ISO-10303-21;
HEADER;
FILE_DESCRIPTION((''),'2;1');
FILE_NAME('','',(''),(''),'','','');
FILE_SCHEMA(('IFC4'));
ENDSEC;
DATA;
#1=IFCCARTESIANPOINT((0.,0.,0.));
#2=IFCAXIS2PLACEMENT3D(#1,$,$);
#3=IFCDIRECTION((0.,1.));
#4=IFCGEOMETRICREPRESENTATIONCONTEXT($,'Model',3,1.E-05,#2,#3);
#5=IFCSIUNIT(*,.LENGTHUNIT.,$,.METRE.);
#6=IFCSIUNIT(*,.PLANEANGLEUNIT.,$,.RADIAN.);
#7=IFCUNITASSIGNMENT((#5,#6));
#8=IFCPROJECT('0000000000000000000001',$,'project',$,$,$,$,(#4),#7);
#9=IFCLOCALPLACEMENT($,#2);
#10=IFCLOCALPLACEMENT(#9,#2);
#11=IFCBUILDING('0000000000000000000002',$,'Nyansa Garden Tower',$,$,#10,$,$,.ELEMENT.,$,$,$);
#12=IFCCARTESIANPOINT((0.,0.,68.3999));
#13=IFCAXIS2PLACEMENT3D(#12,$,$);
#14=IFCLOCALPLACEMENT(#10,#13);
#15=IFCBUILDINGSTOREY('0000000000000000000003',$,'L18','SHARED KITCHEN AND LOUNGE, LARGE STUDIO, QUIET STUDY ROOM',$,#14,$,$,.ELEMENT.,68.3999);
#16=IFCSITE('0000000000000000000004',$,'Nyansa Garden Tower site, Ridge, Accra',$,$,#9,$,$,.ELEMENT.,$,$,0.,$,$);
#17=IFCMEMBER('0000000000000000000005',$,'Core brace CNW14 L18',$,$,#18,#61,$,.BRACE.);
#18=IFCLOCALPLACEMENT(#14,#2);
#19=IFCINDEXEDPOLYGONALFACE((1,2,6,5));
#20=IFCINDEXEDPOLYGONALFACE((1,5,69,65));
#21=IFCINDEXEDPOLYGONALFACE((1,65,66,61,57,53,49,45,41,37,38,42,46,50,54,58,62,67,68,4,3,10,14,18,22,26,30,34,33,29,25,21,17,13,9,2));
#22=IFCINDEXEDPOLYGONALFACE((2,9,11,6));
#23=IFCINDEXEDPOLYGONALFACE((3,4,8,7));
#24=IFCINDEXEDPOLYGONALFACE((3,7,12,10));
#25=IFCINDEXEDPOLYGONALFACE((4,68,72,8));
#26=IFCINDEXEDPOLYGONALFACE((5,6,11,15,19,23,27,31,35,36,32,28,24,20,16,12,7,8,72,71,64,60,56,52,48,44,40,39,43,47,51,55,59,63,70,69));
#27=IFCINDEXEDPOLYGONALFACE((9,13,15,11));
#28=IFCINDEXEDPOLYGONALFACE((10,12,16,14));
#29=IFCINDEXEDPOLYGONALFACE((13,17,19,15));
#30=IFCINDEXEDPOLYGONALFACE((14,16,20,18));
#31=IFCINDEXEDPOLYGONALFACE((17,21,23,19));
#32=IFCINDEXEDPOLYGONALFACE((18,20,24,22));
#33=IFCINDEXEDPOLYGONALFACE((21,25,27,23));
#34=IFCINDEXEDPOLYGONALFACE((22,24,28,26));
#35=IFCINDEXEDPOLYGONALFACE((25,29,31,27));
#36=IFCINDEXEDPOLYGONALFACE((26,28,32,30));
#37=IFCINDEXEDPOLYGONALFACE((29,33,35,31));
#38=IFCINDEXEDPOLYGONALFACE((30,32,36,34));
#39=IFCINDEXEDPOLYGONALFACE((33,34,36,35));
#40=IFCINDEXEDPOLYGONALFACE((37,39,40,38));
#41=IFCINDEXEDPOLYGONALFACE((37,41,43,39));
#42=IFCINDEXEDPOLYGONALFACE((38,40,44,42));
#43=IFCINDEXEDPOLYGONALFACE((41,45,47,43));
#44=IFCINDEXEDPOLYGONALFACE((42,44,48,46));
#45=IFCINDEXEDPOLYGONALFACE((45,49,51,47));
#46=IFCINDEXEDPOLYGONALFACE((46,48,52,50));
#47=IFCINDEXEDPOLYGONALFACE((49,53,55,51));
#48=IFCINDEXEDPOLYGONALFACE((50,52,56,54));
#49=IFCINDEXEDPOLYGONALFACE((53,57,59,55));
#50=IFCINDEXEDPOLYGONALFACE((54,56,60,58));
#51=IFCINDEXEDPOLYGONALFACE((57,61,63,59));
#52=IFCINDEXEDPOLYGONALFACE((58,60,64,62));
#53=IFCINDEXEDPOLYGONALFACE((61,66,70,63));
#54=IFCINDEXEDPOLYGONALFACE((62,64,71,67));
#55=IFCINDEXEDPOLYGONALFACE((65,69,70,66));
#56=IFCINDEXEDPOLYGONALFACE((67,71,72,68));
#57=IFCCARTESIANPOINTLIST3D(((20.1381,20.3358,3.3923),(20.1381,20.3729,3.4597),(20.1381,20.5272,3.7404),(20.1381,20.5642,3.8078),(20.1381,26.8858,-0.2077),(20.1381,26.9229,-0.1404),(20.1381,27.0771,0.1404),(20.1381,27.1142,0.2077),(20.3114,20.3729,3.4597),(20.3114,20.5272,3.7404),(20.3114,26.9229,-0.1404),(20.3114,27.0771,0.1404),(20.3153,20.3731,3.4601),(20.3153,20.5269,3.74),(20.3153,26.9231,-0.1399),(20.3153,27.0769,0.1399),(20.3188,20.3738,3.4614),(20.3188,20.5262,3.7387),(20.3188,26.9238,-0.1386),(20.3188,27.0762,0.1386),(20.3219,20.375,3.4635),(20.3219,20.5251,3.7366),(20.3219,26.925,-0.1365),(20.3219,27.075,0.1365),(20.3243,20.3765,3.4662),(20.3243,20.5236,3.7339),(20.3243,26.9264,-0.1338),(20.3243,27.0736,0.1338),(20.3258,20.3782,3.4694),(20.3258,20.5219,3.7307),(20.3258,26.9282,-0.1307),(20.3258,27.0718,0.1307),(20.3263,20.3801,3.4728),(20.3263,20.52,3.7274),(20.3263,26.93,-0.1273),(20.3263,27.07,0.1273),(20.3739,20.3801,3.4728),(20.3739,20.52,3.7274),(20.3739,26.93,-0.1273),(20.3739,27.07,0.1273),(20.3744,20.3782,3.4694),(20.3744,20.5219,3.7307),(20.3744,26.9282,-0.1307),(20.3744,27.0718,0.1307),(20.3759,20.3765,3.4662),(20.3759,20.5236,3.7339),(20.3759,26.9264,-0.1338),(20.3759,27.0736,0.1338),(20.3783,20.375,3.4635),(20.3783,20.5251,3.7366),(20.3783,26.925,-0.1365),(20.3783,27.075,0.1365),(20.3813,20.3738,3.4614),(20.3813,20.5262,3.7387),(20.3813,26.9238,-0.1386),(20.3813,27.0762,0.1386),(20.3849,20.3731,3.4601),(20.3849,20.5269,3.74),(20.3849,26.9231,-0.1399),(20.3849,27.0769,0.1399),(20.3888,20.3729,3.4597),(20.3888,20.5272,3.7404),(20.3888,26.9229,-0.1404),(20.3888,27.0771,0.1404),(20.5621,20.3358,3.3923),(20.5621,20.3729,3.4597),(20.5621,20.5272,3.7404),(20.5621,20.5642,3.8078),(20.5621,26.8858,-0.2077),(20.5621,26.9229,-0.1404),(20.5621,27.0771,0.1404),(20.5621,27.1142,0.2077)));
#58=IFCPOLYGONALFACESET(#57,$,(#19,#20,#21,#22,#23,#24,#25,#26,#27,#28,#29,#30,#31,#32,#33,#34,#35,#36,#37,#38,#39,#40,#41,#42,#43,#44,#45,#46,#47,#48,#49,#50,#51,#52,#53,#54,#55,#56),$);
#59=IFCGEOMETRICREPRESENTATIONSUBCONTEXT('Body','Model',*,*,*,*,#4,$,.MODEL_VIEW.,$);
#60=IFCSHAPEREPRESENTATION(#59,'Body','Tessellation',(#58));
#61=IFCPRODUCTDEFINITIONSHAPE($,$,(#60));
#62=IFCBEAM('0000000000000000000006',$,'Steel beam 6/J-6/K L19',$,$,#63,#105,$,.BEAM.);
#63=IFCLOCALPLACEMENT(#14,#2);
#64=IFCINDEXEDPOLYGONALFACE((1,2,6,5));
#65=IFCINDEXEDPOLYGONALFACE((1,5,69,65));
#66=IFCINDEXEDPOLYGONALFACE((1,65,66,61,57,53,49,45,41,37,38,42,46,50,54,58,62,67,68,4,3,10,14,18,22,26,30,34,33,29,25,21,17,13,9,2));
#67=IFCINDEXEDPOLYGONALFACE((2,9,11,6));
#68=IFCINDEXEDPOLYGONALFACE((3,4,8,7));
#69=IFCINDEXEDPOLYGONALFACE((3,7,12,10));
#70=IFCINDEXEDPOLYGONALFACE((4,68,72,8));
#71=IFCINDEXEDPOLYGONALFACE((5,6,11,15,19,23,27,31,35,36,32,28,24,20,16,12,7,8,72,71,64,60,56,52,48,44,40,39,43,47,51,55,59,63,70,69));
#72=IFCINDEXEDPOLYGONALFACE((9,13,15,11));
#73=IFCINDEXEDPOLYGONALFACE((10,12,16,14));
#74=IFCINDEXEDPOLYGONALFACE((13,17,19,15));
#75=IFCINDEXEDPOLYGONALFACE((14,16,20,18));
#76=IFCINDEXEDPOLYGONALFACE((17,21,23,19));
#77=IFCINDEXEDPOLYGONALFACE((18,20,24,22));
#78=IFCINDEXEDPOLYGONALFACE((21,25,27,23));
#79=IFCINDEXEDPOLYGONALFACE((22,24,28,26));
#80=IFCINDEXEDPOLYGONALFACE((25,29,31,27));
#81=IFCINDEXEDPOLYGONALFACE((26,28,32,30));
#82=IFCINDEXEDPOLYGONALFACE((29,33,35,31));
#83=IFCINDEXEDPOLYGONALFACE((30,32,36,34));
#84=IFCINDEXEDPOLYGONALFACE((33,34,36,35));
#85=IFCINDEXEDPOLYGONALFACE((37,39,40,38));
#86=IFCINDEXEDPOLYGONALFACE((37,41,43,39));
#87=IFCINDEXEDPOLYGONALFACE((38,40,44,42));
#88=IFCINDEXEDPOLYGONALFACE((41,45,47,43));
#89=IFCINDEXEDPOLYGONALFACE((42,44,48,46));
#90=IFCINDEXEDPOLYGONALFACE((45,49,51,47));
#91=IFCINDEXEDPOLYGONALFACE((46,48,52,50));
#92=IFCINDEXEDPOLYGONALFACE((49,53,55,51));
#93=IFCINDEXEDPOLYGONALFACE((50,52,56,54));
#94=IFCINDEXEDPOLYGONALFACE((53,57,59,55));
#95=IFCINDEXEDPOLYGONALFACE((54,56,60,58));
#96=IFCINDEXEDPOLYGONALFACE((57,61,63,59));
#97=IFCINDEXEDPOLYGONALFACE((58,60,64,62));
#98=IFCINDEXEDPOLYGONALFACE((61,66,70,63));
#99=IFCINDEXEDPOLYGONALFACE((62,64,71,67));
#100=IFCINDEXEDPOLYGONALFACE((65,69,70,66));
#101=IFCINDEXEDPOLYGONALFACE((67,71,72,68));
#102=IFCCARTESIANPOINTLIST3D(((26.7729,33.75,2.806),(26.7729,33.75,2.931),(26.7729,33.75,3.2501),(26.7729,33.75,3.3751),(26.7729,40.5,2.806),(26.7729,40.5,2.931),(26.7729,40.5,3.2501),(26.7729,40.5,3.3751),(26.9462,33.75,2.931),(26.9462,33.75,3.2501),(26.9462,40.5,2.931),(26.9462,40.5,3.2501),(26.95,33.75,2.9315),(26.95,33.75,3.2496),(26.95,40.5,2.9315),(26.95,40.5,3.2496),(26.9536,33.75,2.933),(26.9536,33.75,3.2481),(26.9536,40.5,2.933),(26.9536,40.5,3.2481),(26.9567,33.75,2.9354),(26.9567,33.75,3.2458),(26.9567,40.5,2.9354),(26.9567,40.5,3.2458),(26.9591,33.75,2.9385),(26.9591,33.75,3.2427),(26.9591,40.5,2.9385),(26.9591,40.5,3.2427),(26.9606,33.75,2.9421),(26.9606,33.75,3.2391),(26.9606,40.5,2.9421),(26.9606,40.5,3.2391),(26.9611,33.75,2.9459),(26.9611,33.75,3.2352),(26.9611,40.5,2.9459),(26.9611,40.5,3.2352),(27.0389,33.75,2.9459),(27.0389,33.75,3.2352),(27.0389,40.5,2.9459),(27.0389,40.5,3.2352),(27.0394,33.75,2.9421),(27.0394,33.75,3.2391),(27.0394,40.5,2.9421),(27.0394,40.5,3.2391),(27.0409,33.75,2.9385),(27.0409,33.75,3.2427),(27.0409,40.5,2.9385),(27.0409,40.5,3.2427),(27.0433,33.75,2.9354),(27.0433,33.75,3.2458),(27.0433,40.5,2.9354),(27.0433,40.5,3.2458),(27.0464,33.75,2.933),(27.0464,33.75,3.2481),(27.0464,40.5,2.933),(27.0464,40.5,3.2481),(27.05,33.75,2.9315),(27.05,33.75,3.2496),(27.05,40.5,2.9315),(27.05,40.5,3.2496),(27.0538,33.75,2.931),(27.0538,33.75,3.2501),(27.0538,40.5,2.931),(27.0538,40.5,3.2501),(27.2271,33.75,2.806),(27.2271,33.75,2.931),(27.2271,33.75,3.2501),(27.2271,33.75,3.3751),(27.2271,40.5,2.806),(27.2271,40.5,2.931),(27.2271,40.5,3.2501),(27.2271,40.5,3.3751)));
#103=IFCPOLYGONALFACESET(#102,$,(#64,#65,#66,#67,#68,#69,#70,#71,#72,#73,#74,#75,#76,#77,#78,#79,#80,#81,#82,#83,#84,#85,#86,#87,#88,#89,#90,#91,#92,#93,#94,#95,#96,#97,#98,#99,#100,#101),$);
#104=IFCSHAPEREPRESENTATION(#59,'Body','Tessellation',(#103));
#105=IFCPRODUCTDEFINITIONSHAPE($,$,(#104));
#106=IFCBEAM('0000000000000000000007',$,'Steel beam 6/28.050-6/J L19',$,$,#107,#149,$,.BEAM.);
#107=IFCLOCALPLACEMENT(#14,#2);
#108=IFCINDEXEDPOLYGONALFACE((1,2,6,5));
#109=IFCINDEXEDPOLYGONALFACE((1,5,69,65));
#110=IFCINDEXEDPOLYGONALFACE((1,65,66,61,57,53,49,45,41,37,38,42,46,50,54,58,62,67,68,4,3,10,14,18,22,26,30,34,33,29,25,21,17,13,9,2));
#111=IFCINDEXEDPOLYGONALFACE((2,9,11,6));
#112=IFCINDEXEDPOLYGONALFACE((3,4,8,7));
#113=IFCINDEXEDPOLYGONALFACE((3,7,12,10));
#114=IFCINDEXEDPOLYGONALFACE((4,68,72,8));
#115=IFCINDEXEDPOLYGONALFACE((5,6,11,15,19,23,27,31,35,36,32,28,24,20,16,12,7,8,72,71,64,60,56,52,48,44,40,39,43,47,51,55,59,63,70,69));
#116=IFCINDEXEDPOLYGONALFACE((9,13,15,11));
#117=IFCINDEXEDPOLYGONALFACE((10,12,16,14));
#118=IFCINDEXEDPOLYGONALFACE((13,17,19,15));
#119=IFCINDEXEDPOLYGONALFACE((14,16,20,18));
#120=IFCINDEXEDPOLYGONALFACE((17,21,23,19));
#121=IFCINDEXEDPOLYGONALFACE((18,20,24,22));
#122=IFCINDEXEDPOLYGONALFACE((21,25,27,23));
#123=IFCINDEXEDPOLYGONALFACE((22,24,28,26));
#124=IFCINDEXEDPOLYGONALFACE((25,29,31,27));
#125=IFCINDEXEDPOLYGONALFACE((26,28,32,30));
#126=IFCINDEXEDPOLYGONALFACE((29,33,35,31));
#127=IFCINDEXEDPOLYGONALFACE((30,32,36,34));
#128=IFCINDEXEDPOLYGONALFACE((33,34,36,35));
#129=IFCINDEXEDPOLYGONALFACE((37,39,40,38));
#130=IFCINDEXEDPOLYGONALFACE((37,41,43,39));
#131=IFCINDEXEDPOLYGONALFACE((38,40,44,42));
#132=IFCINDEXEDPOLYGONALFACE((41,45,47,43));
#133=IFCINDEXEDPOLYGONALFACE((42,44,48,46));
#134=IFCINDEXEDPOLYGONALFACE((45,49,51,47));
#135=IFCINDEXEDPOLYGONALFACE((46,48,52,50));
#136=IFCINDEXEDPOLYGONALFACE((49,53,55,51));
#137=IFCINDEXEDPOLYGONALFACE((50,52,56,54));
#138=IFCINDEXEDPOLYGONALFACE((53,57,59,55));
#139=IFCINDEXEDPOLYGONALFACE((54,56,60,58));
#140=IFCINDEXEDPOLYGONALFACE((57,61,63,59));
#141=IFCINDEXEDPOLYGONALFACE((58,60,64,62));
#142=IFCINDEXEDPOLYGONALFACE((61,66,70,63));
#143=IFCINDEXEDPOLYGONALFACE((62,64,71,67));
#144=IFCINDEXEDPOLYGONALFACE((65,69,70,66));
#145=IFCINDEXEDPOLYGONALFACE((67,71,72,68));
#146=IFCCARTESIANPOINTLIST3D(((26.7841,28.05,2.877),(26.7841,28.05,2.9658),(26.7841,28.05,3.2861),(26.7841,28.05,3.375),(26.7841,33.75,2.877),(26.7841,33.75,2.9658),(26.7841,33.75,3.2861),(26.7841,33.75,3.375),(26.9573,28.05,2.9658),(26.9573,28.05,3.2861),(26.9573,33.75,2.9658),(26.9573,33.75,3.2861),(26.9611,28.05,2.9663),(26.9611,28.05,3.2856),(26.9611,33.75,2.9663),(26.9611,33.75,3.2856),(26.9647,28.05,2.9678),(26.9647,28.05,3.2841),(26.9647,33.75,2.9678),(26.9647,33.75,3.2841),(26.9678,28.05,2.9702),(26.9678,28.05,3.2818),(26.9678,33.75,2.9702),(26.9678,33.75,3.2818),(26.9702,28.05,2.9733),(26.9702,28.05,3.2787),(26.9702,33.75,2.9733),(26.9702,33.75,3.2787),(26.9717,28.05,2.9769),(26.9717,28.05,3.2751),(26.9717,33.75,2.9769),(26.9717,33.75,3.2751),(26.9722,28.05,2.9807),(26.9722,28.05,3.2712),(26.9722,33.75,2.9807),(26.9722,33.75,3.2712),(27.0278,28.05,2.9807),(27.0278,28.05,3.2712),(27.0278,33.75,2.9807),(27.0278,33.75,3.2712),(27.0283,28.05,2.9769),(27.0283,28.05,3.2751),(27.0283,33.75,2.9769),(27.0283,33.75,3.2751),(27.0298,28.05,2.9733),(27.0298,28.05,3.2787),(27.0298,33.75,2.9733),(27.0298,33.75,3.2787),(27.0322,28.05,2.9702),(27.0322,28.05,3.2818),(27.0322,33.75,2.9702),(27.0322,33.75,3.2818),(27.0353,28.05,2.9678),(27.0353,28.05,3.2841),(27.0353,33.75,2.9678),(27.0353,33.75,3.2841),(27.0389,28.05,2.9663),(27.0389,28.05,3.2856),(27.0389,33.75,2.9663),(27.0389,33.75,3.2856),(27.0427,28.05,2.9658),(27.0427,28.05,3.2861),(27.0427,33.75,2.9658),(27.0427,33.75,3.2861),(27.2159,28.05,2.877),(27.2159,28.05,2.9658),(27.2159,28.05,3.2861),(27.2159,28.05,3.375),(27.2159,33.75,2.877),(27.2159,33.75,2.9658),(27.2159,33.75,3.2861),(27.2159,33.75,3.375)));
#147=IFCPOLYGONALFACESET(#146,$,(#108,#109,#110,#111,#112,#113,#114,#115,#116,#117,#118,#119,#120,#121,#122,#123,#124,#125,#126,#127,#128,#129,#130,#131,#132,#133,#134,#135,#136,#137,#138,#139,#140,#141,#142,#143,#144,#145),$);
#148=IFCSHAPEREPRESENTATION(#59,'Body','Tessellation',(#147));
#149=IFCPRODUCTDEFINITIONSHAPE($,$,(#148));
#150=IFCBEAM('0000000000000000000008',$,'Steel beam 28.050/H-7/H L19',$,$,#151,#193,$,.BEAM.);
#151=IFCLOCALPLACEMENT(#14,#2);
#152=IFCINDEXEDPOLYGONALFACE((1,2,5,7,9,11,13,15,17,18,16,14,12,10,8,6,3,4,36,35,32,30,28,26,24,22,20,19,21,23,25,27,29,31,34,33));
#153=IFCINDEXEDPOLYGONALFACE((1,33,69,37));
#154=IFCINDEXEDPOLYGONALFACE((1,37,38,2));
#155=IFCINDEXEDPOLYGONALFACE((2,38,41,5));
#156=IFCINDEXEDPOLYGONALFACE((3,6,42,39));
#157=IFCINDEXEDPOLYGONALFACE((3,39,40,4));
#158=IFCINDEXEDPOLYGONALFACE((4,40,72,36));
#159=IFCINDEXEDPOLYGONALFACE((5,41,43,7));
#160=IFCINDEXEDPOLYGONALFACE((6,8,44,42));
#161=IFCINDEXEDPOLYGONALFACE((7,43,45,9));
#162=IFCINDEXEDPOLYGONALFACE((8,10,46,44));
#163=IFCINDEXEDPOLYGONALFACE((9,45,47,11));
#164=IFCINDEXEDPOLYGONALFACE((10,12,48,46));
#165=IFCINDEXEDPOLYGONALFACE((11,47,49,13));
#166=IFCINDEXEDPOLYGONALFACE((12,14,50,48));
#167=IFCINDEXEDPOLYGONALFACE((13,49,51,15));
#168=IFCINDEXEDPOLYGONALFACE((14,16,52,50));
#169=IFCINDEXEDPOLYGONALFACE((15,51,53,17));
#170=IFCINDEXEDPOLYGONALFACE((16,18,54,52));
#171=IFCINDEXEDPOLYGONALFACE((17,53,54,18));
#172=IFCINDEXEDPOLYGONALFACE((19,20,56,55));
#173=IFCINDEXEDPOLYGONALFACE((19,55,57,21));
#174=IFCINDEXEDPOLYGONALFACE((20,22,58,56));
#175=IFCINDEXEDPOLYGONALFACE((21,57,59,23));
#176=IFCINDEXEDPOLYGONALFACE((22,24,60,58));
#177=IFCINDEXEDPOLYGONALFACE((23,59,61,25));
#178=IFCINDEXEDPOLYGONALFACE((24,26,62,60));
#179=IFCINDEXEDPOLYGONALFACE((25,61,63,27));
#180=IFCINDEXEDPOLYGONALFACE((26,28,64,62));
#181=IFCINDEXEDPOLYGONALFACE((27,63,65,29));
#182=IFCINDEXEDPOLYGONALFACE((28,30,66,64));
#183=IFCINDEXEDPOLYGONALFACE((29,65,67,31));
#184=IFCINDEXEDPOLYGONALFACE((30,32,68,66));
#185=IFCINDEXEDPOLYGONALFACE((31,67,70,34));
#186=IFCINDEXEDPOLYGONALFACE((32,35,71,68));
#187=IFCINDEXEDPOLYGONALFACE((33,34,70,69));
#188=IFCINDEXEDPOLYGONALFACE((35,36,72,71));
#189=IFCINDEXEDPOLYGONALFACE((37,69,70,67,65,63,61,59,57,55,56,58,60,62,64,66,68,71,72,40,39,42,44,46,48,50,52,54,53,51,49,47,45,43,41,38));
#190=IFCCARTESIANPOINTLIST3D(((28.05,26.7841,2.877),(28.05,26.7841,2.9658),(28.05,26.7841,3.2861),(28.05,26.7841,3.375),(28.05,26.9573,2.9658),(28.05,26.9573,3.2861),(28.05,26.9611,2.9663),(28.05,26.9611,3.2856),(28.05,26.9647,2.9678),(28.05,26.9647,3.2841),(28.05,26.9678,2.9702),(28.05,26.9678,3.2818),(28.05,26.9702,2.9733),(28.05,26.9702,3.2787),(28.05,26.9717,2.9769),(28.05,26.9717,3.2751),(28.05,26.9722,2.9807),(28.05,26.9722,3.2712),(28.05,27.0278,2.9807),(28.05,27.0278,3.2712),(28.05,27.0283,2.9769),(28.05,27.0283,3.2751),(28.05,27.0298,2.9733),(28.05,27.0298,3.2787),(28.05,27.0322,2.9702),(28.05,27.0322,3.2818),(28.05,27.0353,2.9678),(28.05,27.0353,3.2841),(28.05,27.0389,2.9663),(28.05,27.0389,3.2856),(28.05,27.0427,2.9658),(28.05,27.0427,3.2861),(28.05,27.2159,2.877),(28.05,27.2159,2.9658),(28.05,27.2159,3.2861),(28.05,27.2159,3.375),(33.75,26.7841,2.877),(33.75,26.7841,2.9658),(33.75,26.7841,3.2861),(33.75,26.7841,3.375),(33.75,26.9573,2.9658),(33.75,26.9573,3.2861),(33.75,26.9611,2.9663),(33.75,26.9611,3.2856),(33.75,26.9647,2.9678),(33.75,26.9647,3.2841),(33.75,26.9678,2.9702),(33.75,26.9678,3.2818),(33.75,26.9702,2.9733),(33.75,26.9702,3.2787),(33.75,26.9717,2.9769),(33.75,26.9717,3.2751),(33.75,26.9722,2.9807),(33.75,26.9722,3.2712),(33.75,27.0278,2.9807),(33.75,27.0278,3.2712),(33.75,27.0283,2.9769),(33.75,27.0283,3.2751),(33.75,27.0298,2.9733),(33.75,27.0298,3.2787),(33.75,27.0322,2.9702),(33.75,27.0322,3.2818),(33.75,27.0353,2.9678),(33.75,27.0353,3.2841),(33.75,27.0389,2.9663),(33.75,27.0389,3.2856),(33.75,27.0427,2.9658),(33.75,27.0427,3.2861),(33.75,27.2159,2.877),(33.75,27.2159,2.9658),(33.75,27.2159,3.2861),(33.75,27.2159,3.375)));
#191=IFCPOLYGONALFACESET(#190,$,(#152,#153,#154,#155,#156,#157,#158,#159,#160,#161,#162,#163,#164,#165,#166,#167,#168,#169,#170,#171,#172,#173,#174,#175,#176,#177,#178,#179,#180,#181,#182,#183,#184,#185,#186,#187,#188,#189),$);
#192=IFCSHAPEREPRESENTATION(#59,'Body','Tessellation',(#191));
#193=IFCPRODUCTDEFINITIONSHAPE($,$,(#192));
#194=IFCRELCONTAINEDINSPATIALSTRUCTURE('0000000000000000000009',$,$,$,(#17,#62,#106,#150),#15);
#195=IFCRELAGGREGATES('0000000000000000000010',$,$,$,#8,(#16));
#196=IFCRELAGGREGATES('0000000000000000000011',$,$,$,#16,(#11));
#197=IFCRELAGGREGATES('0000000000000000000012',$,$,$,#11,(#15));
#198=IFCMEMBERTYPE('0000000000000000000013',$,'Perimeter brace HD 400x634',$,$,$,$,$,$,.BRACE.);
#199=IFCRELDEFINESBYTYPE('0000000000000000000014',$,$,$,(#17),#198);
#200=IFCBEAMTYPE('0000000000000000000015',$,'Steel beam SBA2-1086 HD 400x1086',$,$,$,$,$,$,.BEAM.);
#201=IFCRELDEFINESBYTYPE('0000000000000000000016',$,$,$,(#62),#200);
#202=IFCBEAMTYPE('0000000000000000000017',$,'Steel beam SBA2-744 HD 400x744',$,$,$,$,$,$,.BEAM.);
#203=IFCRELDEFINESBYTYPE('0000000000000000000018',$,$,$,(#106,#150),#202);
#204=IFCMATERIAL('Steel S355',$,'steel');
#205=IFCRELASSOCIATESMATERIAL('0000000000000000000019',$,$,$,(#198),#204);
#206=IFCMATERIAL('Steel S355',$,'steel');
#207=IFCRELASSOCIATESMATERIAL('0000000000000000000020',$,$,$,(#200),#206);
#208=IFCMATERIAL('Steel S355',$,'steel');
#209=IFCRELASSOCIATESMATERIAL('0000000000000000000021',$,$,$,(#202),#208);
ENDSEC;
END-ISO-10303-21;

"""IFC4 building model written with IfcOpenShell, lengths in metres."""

from ifc_helpers import new_model, si_unit, direction, frame, origin, origin_2d, place, context, subcontext, project, spatial, i_section, extrude, material, material_profile, profile_set, type_object, element, save


model = new_model("IFC4")

# Units and contexts
model_context = context("Model", 3, precision=1e-05, world=origin(), true_north=direction((0.0, 1.0)))
body_context = subcontext(model_context, "Body", "Model", "MODEL_VIEW")
ifc_project = project(units=[si_unit("LENGTHUNIT", "METRE"), si_unit("PLANEANGLEUNIT", "RADIAN")], contexts=[model_context])

# Site, building, storey
site_placement = place(None, origin())
site = spatial("IfcSite", under=ifc_project, at=site_placement, Name="Nyansa Garden Tower site, Ridge, Accra", CompositionType="ELEMENT", RefElevation=0.0)
building_placement = place(site_placement, origin())
building = spatial("IfcBuilding", under=site, at=building_placement, Name="Nyansa Garden Tower", CompositionType="ELEMENT")
storey_placement = place(building_placement, frame((0.0, 0.0, 68.3999)))
storey = spatial("IfcBuildingStorey", under=building, at=storey_placement, Name="L18", Description="SHARED KITCHEN AND LOUNGE, LARGE STUDIO, QUIET STUDY ROOM", CompositionType="ELEMENT", Elevation=68.3999)

# Member
ifc_material_1 = material(Name="Steel S355", Category="steel")
ifc_material_profile_1 = material_profile(ifc_material_1, i_section(OverallWidth=0.4241, OverallDepth=0.4741, WebThickness=0.0476, FlangeThickness=0.0769, FilletRadius=0.0149, at=origin_2d()), Name="HD 400x634")
ifc_profile_set_1 = profile_set([ifc_material_profile_1], Name="Steel S355")
member_type = type_object("IfcMemberType", Name="Perimeter brace HD 400x634", PredefinedType="BRACE", material=ifc_profile_set_1)
for number, where, z_axis, x_axis, name in (
    (1, (20.3501, 27.0, 0.0), (0.0, -0.876353, 0.481669), (1.0, 0.0, 0.0), "Core brace CNW14 L18"),
):
    element("IfcMember", number, at=place(storey_placement, frame(where, z_axis=z_axis, x_axis=x_axis)), inside=storey, type_object=member_type, Name=name, PredefinedType="BRACE", context=body_context, shape_type="SweptSolid", body=[
        extrude(i_section(OverallWidth=0.4241, OverallDepth=0.4741, WebThickness=0.0476, FlangeThickness=0.0769, FilletRadius=0.0149, at=origin_2d()), origin(), (0.0, 0.0, 1.0), 7.4741),
    ])

# Beams
ifc_material_2 = material(Name="Steel S355", Category="steel")
ifc_material_profile_2 = material_profile(ifc_material_2, i_section(OverallWidth=0.4541, OverallDepth=0.5691, WebThickness=0.0779, FlangeThickness=0.125, FilletRadius=0.0149, at=origin_2d()), Name="HD 400x1086")
ifc_profile_set_2 = profile_set([ifc_material_profile_2], Name="Steel S355")
beam_type_1 = type_object("IfcBeamType", Name="Steel beam SBA2-1086 HD 400x1086", PredefinedType="BEAM", material=ifc_profile_set_2)
beam_placement = place(storey_placement, frame((27.0, 33.75, 3.0906), z_axis=(0.0, 1.0, 0.0), x_axis=(-1.0, 0.0, 0.0)))
element("IfcBeam", 2, at=beam_placement, inside=storey, type_object=beam_type_1, Name="Steel beam 6/J-6/K L19", PredefinedType="BEAM", context=body_context, shape_type="SweptSolid", body=[
    extrude(i_section(OverallWidth=0.4541, OverallDepth=0.5691, WebThickness=0.0779, FlangeThickness=0.125, FilletRadius=0.0149, at=origin_2d()), origin(), (0.0, 0.0, 1.0), 6.75),
])
ifc_material_3 = material(Name="Steel S355", Category="steel")
ifc_material_profile_3 = material_profile(ifc_material_3, i_section(OverallWidth=0.4319, OverallDepth=0.498, WebThickness=0.0557, FlangeThickness=0.0889, FilletRadius=0.0149, at=origin_2d()), Name="HD 400x744")
ifc_profile_set_3 = profile_set([ifc_material_profile_3], Name="Steel S355")
beam_type_2 = type_object("IfcBeamType", Name="Steel beam SBA2-744 HD 400x744", PredefinedType="BEAM", material=ifc_profile_set_3)
for number, where, z_axis, x_axis, name in (
    (3, (27.0, 28.05, 3.126), (0.0, 1.0, 0.0), (-1.0, 0.0, 0.0), "Steel beam 6/28.050-6/J L19"),
    (4, (28.05, 27.0, 3.126), (1.0, 0.0, 0.0), (0.0, 1.0, 0.0), "Steel beam 28.050/H-7/H L19"),
):
    element("IfcBeam", number, at=place(storey_placement, frame(where, z_axis=z_axis, x_axis=x_axis)), inside=storey, type_object=beam_type_2, Name=name, PredefinedType="BEAM", context=body_context, shape_type="SweptSolid", body=[
        extrude(i_section(OverallWidth=0.4319, OverallDepth=0.498, WebThickness=0.0557, FlangeThickness=0.0889, FilletRadius=0.0149, at=origin_2d()), origin(), (0.0, 0.0, 1.0), 5.7),
    ])

save(model, "model.ifc")
